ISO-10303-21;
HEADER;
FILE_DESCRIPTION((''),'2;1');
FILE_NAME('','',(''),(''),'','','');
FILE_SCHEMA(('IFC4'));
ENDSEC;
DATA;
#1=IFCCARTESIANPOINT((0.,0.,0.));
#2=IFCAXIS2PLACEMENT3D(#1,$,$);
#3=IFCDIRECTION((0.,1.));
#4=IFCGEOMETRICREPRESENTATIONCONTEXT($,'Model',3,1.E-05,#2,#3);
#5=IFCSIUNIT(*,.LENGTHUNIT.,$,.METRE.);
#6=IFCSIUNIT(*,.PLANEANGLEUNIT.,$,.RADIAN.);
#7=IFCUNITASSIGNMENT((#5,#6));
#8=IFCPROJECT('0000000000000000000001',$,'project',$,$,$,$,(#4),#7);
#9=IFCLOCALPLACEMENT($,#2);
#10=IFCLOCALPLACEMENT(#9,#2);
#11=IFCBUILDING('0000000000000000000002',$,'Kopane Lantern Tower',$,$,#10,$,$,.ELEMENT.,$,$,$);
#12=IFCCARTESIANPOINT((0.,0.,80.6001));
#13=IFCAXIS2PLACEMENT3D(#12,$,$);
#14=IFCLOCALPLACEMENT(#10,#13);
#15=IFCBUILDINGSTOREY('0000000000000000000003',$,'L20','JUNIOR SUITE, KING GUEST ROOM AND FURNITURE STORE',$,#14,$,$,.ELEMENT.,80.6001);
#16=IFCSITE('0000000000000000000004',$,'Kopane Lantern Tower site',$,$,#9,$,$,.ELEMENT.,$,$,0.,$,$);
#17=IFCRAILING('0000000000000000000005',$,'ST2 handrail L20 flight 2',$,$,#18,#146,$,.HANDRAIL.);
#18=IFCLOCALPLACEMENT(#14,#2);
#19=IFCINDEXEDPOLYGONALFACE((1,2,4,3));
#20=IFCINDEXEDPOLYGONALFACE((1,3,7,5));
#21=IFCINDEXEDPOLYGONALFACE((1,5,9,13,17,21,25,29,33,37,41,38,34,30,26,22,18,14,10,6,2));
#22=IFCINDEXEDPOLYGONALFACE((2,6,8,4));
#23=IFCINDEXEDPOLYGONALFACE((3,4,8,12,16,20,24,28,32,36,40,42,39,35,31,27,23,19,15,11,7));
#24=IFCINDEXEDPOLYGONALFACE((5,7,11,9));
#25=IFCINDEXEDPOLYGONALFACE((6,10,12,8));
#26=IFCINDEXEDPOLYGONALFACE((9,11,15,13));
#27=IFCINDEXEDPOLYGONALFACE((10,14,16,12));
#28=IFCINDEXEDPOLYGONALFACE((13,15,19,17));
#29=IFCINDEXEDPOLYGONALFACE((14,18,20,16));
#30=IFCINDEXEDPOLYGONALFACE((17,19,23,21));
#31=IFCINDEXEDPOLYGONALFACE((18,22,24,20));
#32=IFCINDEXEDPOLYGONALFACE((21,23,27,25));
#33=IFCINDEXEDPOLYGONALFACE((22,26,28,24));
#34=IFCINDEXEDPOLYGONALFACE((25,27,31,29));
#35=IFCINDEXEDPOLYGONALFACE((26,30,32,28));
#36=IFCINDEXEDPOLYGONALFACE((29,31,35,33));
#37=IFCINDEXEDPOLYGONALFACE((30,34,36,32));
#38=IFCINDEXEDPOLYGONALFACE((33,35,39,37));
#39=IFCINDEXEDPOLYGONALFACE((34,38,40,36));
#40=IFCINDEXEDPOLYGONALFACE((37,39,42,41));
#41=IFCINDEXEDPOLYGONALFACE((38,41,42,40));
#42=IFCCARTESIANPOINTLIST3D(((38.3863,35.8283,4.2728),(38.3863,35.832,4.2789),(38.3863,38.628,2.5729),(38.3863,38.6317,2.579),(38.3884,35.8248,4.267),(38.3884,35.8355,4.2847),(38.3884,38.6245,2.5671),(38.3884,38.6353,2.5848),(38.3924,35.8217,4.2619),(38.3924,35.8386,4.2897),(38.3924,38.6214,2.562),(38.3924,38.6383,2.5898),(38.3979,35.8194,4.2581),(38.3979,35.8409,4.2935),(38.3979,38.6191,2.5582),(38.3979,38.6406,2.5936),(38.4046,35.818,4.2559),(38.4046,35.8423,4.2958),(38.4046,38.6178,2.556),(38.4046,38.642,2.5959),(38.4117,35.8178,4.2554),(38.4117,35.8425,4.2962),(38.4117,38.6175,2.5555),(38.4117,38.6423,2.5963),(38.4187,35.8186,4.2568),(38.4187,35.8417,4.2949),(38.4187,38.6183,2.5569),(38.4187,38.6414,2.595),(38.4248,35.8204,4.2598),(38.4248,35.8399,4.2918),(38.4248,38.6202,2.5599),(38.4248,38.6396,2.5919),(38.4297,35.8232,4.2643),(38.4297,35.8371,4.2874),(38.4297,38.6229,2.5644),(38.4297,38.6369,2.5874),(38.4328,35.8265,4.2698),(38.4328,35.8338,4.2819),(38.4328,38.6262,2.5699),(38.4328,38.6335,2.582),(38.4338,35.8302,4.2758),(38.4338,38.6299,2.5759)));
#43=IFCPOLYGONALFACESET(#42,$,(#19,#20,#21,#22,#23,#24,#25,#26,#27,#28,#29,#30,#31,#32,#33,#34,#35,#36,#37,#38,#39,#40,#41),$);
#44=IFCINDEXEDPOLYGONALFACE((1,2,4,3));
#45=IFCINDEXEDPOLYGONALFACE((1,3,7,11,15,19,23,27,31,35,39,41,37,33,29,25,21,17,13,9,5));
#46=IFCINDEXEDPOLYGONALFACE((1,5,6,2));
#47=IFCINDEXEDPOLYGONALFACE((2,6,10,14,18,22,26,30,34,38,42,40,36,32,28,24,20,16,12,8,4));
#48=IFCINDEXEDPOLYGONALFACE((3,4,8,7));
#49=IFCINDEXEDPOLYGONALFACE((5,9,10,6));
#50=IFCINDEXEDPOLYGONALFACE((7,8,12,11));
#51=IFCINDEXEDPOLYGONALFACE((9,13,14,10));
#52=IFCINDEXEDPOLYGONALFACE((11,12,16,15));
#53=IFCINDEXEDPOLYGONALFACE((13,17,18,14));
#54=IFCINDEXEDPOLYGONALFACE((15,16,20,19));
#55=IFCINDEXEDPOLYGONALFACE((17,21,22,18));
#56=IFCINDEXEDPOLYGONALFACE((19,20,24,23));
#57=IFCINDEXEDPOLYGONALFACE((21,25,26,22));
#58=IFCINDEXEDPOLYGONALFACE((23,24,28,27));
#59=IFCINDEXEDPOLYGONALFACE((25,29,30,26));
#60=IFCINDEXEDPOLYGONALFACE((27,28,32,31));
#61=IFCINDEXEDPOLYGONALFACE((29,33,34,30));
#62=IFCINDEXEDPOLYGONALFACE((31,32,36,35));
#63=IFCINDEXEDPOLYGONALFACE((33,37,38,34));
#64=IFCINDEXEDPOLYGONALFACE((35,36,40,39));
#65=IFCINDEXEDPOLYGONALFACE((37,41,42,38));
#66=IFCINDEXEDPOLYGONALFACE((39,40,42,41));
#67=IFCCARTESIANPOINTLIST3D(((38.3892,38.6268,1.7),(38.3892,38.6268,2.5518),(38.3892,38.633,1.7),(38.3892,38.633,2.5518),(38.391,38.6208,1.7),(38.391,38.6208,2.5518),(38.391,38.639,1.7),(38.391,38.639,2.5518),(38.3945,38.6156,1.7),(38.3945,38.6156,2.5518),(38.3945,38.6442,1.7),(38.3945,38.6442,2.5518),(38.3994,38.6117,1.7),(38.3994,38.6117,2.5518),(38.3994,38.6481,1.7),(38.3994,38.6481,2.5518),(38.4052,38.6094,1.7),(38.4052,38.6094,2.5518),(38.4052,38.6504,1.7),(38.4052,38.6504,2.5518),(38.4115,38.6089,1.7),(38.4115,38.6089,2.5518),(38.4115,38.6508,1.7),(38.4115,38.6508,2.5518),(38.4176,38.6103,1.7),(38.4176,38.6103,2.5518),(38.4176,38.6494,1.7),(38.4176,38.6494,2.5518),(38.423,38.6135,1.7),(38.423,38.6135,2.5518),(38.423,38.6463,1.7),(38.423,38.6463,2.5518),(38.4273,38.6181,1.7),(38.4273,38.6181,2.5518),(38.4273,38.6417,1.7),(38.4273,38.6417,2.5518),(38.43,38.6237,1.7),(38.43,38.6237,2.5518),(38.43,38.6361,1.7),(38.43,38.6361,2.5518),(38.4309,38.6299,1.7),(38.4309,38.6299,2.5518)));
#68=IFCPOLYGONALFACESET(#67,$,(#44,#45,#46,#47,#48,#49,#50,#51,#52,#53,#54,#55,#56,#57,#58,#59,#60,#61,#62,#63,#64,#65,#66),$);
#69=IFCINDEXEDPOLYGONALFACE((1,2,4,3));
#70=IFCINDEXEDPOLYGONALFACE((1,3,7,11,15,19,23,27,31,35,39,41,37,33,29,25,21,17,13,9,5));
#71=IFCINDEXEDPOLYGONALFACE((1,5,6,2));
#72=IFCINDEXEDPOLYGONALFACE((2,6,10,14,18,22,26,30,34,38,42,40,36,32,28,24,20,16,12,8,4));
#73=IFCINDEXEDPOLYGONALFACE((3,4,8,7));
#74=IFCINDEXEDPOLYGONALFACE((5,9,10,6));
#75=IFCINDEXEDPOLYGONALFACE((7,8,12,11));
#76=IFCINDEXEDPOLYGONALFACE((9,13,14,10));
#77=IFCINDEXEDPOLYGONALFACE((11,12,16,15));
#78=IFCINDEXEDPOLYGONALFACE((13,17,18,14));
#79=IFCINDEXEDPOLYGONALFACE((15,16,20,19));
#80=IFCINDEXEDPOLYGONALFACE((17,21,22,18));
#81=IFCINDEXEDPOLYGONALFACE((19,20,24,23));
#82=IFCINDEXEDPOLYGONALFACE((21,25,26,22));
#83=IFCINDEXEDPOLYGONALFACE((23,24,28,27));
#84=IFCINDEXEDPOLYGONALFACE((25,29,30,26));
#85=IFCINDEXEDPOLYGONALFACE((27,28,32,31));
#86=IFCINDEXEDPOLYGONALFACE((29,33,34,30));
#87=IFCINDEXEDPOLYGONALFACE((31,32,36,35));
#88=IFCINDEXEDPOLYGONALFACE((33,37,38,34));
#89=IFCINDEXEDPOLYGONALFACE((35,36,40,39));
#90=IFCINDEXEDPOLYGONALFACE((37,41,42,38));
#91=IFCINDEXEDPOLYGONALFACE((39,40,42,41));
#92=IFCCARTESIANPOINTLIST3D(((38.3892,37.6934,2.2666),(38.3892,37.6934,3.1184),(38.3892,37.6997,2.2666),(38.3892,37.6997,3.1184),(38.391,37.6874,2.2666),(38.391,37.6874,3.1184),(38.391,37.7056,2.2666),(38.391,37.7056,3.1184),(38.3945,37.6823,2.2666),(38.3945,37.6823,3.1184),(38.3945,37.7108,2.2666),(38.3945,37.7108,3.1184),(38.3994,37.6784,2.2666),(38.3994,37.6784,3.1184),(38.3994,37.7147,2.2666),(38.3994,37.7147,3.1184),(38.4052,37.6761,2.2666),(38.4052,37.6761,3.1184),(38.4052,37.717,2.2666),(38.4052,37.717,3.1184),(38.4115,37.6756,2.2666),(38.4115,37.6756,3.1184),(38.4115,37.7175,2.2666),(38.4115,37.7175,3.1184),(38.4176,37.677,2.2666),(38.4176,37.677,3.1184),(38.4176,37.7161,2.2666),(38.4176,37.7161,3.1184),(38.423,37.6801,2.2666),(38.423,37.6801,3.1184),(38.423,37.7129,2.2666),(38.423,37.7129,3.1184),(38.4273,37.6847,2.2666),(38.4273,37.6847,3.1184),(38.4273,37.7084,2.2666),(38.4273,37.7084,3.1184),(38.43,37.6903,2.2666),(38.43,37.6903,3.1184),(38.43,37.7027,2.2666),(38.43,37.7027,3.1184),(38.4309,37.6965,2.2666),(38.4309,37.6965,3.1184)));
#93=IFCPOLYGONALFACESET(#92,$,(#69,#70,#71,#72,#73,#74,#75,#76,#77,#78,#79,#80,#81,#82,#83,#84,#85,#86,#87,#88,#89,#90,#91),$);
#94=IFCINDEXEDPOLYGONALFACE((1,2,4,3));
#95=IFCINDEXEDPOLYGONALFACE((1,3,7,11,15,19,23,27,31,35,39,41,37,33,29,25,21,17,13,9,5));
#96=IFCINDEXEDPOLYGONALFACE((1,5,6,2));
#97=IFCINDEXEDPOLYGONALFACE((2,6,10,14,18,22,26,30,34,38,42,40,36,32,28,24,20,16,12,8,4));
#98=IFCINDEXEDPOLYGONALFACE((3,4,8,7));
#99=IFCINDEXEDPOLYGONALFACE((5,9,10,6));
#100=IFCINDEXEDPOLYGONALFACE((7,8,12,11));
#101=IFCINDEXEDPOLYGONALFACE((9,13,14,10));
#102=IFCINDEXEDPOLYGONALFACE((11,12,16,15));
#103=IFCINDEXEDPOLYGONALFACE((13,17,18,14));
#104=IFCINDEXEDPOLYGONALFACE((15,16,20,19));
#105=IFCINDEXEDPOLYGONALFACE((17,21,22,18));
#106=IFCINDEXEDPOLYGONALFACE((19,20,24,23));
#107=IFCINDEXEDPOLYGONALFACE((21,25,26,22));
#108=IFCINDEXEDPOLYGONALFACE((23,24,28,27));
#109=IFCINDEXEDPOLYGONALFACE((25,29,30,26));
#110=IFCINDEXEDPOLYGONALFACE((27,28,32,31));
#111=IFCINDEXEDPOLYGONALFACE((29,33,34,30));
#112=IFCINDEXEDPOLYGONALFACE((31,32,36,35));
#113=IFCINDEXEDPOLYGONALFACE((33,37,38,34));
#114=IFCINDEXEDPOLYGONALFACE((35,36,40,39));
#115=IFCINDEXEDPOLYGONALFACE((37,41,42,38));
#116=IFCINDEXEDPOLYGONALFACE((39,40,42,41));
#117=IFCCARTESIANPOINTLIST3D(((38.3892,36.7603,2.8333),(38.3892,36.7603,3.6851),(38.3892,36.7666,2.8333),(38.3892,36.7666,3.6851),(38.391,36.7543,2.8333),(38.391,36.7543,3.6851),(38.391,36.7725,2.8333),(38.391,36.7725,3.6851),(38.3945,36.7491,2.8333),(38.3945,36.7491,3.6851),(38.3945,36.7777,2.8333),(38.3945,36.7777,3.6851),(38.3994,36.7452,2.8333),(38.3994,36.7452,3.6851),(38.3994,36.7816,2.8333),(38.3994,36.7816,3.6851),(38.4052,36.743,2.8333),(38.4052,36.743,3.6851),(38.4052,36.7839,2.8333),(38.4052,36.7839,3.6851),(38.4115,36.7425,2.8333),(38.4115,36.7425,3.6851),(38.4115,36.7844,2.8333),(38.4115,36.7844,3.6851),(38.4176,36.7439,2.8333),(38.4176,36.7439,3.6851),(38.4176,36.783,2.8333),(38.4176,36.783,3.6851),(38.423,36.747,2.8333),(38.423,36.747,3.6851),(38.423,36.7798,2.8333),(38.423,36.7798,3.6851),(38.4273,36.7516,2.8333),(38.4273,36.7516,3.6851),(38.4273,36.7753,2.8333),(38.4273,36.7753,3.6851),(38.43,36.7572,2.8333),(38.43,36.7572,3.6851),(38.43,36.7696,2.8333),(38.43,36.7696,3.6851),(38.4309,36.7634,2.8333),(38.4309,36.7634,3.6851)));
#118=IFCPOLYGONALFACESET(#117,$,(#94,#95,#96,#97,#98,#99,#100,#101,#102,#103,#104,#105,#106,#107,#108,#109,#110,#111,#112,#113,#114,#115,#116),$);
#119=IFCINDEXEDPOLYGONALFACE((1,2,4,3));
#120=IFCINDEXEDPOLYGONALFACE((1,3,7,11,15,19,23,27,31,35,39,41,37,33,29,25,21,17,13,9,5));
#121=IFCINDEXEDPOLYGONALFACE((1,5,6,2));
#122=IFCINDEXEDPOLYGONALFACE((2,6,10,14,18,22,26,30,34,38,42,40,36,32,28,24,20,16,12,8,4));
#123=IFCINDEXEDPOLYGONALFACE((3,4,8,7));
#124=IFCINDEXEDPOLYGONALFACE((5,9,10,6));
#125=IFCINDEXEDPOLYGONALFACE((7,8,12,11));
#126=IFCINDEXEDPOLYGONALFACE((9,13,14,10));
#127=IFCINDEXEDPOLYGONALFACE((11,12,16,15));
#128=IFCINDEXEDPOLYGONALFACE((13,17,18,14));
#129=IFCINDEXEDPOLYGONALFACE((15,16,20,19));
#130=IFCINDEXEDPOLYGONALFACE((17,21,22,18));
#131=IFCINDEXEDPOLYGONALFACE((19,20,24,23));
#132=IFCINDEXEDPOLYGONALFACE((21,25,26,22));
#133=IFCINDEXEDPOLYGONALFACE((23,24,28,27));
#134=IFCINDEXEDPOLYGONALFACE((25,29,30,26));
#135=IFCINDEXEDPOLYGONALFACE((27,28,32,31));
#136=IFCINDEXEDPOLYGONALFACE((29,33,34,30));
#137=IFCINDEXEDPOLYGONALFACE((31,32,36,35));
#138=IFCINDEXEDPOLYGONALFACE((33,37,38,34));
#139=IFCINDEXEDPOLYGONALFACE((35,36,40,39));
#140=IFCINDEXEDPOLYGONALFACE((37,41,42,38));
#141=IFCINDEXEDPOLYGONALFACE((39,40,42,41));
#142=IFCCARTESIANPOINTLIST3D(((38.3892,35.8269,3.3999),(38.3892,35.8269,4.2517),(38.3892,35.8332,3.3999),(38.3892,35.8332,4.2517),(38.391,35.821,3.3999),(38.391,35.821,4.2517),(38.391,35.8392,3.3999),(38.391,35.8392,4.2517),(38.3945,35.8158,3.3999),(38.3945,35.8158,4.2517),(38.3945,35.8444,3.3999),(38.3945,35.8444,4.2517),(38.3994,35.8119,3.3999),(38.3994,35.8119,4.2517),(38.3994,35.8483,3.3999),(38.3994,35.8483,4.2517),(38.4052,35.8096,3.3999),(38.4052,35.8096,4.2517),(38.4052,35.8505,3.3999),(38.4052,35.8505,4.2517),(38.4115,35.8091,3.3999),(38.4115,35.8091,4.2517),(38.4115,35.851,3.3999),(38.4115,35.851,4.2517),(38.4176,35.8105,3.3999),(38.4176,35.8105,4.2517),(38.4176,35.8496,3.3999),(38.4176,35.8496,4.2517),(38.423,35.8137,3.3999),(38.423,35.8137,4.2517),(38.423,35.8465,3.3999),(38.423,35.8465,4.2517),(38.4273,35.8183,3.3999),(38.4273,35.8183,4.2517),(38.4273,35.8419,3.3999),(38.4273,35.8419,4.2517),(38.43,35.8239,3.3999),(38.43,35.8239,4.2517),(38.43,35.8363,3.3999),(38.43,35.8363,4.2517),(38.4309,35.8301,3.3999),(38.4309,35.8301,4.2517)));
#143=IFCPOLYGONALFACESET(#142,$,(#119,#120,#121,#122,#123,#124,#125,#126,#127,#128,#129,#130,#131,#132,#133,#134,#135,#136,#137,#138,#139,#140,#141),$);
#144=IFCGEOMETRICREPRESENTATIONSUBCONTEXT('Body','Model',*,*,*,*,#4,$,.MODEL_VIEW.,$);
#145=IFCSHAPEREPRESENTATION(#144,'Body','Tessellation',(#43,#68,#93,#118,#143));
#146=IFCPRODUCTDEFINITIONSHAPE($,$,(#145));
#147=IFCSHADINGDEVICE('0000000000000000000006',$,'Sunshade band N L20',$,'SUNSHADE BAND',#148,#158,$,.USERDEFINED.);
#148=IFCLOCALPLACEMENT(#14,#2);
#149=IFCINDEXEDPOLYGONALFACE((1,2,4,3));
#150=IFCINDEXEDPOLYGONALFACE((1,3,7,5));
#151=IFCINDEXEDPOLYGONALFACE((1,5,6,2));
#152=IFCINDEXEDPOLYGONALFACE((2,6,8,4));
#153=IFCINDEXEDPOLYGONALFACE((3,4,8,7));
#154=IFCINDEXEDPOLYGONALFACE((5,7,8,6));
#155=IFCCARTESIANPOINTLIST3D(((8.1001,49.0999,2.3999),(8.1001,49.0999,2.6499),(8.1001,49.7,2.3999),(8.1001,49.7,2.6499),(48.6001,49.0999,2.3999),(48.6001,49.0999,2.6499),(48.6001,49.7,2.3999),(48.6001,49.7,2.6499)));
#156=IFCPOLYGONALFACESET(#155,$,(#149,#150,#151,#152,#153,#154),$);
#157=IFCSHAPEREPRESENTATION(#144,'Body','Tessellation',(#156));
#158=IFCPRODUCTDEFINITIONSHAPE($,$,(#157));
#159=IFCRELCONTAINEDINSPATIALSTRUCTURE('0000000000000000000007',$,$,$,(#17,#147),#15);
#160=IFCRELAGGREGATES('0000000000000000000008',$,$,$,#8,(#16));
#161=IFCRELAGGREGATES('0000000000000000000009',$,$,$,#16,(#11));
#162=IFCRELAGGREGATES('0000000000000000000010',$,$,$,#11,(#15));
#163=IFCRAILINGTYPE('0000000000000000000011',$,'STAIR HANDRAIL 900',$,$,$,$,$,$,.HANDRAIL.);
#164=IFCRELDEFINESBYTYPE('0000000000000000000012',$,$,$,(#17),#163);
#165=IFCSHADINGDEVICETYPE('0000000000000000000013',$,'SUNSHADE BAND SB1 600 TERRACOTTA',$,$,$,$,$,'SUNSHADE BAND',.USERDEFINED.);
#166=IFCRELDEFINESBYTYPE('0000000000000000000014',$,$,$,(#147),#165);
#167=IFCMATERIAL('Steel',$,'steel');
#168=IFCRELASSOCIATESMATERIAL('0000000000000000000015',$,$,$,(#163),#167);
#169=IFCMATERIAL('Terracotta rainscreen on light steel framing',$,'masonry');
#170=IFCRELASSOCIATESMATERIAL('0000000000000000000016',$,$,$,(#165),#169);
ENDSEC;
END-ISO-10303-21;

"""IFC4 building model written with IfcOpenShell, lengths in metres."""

from ifc_helpers import new_model, si_unit, direction, frame, origin, origin_2d, place, context, subcontext, project, spatial, rectangle, circle, extrude, material, type_object, element, save


model = new_model("IFC4")

# Units and contexts
model_context = context("Model", 3, precision=1e-05, world=origin(), true_north=direction((0.0, 1.0)))
body_context = subcontext(model_context, "Body", "Model", "MODEL_VIEW")
ifc_project = project(units=[si_unit("LENGTHUNIT", "METRE"), si_unit("PLANEANGLEUNIT", "RADIAN")], contexts=[model_context])

# Site, building, storey
site_placement = place(None, origin())
site = spatial("IfcSite", under=ifc_project, at=site_placement, Name="Kopane Lantern Tower site", CompositionType="ELEMENT", RefElevation=0.0)
building_placement = place(site_placement, origin())
building = spatial("IfcBuilding", under=site, at=building_placement, Name="Kopane Lantern Tower", CompositionType="ELEMENT")
storey_placement = place(building_placement, frame((0.0, 0.0, 80.6001)))
storey = spatial("IfcBuildingStorey", under=building, at=storey_placement, Name="L20", Description="JUNIOR SUITE, KING GUEST ROOM AND FURNITURE STORE", CompositionType="ELEMENT", Elevation=80.6001)

# Railing
ifc_material_1 = material(Name="Steel", Category="steel")
railing_type_1 = type_object("IfcRailingType", Name="STAIR HANDRAIL 900", PredefinedType="HANDRAIL", material=ifc_material_1)
for number, where, name in (
    (1, (38.4099, 38.6299, 1.7), "ST2 handrail L20 flight 2"),
):
    element("IfcRailing", number, at=place(storey_placement, frame(where)), inside=storey, type_object=railing_type_1, Name=name, PredefinedType="HANDRAIL", context=body_context, shape_type="SweptSolid", body=[
        extrude(circle(Radius=0.0239, at=origin_2d()), frame((0.0, 0.0, 0.876), z_axis=(0.0, -0.854778, 0.518994), x_axis=(1.0, 0.0, 0.0)), (0.0, 0.0, 1.0), 3.2754),
        extrude(circle(Radius=0.021, at=origin_2d()), origin(), (0.0, 0.0, 1.0), 0.8518),
        extrude(circle(Radius=0.021, at=origin_2d()), frame((0.0, -0.9333, 0.5667)), (0.0, 0.0, 1.0), 0.8518),
        extrude(circle(Radius=0.021, at=origin_2d()), frame((0.0, -1.8665, 1.1333)), (0.0, 0.0, 1.0), 0.8518),
        extrude(circle(Radius=0.021, at=origin_2d()), frame((0.0, -2.7998, 1.7)), (0.0, 0.0, 1.0), 0.8518),
    ])

# Shading device
ifc_material_2 = material(Name="Terracotta rainscreen on light steel framing", Category="masonry")
shading_device_type = type_object("IfcShadingDeviceType", Name="SUNSHADE BAND SB1 600 TERRACOTTA", ElementType="SUNSHADE BAND", PredefinedType="USERDEFINED", material=ifc_material_2)
shading_device_placement = place(storey_placement, frame((28.3501, 49.3999, 2.3999), z_axis=(0.0, 0.0, 1.0), x_axis=(-1.0, 0.0, 0.0)))
element("IfcShadingDevice", 2, at=shading_device_placement, inside=storey, type_object=shading_device_type, Name="Sunshade band N L20", ObjectType="SUNSHADE BAND", PredefinedType="USERDEFINED", context=body_context, shape_type="SweptSolid", body=[
    extrude(rectangle(XDim=40.5, YDim=0.6001, at=origin_2d()), origin(), (0.0, 0.0, 1.0), 0.25),
])

save(model, "model.ifc")
